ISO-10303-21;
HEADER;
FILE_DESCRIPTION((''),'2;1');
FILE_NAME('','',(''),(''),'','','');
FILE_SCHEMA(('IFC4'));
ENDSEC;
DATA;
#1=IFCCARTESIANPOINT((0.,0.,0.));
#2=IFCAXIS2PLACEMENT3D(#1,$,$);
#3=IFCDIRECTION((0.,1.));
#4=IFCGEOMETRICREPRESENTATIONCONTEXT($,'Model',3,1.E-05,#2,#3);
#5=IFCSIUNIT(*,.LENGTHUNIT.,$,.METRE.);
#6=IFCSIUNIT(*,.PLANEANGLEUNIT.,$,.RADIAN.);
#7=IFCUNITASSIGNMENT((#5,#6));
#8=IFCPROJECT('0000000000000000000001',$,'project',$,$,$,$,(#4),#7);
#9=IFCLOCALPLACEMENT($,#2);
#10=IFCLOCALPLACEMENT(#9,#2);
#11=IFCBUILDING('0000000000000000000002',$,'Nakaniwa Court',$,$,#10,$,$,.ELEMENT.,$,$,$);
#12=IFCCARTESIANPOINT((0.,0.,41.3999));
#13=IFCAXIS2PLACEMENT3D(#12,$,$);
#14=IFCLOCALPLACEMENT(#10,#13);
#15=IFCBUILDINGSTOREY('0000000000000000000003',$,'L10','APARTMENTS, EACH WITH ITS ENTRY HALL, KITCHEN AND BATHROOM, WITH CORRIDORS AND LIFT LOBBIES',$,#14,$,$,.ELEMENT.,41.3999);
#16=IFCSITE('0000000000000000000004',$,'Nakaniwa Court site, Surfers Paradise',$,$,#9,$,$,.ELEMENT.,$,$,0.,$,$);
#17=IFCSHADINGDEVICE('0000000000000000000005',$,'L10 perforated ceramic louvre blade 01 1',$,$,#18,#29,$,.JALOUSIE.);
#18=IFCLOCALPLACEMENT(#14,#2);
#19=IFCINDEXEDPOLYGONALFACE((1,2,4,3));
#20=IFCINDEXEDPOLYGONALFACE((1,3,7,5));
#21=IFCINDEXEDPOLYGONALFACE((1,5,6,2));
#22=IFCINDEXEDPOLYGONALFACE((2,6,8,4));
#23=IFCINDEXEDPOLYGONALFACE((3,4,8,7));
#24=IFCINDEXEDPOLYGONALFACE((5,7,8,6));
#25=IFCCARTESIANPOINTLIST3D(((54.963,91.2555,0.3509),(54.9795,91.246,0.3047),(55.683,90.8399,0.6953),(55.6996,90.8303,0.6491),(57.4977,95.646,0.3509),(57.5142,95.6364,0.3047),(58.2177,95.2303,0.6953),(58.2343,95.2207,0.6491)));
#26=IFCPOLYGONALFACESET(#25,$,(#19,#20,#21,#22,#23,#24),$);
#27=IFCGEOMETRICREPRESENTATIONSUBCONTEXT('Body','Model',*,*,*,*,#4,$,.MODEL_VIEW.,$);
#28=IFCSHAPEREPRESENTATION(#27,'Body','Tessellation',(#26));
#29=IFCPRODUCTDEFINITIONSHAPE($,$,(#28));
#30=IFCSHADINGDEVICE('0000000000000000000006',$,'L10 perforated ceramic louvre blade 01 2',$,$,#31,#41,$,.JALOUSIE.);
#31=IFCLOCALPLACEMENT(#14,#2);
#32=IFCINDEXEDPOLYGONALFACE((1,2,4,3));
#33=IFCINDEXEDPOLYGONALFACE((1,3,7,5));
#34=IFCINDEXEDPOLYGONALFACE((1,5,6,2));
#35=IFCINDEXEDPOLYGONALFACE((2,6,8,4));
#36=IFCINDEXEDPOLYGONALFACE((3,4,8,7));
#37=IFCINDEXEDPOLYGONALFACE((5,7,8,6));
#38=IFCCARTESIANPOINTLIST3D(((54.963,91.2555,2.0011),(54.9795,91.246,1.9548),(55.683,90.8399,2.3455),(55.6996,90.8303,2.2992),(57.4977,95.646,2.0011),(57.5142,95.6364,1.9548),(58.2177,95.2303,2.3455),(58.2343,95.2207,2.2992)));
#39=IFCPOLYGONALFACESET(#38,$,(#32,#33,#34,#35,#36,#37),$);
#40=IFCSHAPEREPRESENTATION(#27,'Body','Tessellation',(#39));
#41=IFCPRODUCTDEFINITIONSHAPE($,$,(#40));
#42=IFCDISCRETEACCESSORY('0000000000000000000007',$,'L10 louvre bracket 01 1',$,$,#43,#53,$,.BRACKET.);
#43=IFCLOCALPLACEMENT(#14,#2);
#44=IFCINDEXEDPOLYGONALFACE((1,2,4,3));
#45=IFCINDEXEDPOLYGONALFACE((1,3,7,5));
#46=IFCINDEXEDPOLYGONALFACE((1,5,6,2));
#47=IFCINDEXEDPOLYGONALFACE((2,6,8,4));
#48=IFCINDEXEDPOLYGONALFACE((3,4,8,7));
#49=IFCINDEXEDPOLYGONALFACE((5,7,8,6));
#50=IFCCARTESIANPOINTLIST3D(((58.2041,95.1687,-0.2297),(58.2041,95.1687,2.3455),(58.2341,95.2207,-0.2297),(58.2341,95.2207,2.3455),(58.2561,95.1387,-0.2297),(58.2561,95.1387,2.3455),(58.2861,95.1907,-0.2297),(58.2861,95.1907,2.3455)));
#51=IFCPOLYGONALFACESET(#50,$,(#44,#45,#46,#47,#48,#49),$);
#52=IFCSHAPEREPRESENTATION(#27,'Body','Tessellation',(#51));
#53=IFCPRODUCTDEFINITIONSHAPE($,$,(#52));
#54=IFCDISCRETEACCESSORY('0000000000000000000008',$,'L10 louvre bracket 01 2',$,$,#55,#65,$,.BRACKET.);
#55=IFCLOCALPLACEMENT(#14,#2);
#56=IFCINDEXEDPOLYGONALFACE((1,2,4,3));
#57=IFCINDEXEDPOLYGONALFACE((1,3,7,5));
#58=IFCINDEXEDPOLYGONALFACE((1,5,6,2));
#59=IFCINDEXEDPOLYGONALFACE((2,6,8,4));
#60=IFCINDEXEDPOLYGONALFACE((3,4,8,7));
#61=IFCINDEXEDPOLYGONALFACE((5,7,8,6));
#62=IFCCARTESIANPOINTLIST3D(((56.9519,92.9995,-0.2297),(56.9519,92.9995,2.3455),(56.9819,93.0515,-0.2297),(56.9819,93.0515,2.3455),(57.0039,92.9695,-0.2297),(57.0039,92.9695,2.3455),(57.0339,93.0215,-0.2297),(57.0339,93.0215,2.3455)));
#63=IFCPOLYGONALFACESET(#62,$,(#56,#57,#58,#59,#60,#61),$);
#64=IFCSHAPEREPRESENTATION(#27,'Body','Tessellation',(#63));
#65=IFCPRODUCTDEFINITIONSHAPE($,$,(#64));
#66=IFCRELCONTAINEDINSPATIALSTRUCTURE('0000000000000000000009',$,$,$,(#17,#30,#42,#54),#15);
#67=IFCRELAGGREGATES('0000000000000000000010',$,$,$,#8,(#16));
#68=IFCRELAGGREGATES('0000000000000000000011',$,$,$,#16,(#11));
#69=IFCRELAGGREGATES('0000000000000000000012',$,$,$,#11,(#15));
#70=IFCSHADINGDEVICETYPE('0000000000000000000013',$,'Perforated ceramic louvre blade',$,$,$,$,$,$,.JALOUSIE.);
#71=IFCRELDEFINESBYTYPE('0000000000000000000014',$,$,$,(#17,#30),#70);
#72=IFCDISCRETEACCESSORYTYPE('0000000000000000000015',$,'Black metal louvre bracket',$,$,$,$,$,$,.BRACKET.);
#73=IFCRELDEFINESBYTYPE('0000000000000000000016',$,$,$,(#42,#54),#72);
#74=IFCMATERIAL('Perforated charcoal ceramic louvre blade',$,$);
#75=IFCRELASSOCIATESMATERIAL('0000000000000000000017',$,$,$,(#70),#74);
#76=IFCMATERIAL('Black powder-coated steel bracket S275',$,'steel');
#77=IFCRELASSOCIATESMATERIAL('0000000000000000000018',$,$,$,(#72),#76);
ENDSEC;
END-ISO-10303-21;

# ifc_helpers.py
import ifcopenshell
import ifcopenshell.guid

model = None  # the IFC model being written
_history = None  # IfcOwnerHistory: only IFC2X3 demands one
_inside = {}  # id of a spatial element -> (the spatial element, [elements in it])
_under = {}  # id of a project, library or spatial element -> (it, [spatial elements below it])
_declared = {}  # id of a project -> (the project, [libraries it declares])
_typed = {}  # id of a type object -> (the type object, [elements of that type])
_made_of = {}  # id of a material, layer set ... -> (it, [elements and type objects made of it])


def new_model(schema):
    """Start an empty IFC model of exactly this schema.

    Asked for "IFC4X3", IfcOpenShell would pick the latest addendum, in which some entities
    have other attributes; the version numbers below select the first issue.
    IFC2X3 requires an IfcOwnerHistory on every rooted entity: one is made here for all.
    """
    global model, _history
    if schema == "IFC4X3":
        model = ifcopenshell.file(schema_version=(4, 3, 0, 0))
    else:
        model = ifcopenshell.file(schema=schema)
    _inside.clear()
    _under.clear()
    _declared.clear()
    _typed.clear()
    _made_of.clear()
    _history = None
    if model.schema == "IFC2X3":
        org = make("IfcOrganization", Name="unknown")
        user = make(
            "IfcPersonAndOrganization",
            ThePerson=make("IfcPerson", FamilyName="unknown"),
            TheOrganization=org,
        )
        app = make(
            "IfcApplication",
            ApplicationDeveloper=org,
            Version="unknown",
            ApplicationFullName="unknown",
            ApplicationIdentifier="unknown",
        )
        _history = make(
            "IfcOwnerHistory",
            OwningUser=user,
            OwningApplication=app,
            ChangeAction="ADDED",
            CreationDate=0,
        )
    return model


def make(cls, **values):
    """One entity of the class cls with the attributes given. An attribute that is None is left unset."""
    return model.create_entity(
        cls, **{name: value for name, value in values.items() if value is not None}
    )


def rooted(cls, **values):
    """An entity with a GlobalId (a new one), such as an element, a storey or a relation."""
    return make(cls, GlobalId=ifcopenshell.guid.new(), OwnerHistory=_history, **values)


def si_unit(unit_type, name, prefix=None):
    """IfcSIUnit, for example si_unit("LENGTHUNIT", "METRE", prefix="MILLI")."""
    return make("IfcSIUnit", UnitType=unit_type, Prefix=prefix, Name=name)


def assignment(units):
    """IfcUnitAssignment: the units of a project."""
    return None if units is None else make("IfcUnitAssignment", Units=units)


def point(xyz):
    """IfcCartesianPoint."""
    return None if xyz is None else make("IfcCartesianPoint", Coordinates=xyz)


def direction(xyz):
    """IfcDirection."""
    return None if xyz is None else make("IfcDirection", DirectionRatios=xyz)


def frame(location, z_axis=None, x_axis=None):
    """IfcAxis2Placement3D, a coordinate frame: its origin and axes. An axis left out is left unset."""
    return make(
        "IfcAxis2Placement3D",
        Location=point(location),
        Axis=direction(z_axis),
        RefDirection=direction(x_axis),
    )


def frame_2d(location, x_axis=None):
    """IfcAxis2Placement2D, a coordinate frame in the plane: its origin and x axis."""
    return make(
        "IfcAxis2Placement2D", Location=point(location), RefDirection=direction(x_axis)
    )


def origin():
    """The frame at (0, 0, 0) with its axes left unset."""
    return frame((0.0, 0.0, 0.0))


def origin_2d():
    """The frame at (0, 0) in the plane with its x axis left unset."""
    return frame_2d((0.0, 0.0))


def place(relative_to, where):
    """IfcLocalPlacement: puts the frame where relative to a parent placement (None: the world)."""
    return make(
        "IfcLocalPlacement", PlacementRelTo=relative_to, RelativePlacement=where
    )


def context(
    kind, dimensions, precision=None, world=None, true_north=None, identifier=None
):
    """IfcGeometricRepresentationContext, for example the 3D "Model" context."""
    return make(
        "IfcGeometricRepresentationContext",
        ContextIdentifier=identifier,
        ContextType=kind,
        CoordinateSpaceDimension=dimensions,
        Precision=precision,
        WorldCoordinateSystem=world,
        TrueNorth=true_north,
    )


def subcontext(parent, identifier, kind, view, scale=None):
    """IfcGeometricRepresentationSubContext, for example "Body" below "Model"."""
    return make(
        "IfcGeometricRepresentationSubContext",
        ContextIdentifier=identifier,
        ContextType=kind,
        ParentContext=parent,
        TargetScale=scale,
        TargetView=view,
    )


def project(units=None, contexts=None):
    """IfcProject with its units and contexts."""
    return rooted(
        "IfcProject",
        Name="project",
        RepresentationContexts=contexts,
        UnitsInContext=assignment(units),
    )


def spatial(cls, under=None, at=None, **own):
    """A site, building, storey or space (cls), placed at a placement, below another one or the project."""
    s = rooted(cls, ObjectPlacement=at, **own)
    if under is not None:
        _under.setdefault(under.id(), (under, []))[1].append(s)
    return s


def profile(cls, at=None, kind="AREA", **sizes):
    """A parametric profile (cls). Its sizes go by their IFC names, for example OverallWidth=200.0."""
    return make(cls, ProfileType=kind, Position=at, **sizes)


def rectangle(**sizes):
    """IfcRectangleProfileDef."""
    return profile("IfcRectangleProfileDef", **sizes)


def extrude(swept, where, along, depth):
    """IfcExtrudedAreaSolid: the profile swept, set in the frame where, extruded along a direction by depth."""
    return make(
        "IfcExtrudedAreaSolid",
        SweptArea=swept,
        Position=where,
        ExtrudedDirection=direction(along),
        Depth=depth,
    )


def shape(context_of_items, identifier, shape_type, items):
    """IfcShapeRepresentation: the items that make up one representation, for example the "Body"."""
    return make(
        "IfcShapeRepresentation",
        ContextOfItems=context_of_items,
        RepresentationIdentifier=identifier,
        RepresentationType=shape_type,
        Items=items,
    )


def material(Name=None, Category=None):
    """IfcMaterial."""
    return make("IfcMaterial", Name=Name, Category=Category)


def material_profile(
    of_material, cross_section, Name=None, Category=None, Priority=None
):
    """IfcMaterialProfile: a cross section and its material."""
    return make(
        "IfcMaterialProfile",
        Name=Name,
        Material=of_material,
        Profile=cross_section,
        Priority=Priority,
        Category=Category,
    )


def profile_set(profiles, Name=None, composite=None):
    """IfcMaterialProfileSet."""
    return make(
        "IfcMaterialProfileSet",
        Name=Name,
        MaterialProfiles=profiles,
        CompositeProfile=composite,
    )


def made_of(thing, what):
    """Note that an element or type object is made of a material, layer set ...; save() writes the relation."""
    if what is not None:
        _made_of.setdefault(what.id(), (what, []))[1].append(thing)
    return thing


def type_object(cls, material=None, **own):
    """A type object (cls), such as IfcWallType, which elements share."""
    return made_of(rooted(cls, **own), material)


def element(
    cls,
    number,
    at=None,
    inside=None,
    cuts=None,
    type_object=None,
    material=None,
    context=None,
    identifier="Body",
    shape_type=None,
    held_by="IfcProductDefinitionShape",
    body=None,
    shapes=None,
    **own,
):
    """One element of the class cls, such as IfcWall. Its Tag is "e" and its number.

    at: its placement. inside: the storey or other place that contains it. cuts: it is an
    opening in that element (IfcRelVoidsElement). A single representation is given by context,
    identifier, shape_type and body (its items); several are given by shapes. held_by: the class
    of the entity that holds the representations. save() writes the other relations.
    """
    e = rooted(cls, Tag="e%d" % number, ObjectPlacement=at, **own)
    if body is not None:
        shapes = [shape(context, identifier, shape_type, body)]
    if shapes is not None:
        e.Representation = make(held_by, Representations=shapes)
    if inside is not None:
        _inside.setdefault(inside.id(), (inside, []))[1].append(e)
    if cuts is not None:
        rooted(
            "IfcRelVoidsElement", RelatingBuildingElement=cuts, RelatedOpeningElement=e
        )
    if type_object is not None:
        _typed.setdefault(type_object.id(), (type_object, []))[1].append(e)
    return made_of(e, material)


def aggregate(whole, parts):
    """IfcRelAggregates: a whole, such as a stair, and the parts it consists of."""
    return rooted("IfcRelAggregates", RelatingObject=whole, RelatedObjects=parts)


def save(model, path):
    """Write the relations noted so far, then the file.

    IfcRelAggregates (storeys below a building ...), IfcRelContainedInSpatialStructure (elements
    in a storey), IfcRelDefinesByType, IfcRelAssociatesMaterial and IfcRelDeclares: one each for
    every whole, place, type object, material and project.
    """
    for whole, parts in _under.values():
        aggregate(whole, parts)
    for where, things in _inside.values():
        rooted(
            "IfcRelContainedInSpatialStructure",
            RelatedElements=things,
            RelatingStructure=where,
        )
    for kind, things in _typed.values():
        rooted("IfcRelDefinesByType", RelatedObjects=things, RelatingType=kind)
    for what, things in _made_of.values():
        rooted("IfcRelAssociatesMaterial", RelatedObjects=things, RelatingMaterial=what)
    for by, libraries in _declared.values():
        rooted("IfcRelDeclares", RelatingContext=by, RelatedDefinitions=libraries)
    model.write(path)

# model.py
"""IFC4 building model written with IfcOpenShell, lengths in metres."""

from ifc_helpers import new_model, si_unit, direction, frame, origin, origin_2d, place, context, subcontext, project, spatial, rectangle, extrude, material, material_profile, profile_set, type_object, element, save


model = new_model("IFC4")

# Units and contexts
model_context = context("Model", 3, precision=1e-05, world=origin(), true_north=direction((0.0, 1.0)))
body_context = subcontext(model_context, "Body", "Model", "MODEL_VIEW")
ifc_project = project(units=[si_unit("LENGTHUNIT", "METRE"), si_unit("PLANEANGLEUNIT", "RADIAN")], contexts=[model_context])

# Site, building, storey
site_placement = place(None, origin())
site = spatial("IfcSite", under=ifc_project, at=site_placement, Name="Nakaniwa Court site, Surfers Paradise", CompositionType="ELEMENT", RefElevation=0.0)
building_placement = place(site_placement, origin())
building = spatial("IfcBuilding", under=site, at=building_placement, Name="Nakaniwa Court", CompositionType="ELEMENT")
storey_placement = place(building_placement, frame((0.0, 0.0, 41.3999)))
storey = spatial("IfcBuildingStorey", under=building, at=storey_placement, Name="L10", Description="APARTMENTS, EACH WITH ITS ENTRY HALL, KITCHEN AND BATHROOM, WITH CORRIDORS AND LIFT LOBBIES", CompositionType="ELEMENT", Elevation=41.3999)

# Shading devices
ifc_material_1 = material(Name="Perforated charcoal ceramic louvre blade")
ifc_material_profile_1 = material_profile(ifc_material_1, rectangle(XDim=0.8999, YDim=0.05, at=origin_2d()), Name="Perforated ceramic louvre blade")
ifc_profile_set_1 = profile_set([ifc_material_profile_1], Name="Perforated charcoal ceramic louvre blade")
shading_device_type_1 = type_object("IfcShadingDeviceType", Name="Perforated ceramic louvre blade", PredefinedType="JALOUSIE", material=ifc_profile_set_1)
for number, where, z_axis, x_axis, name in (
    (1, (57.866, 95.4333, 0.5), (-0.499982, -0.866036, 0.0), (0.800113, -0.461923, 0.382683), "L10 perforated ceramic louvre blade 01 1"),
    (2, (57.866, 95.4333, 2.1501), (-0.499982, -0.866036, 0.0), (0.800113, -0.461923, 0.382683), "L10 perforated ceramic louvre blade 01 2"),
):
    element("IfcShadingDevice", number, at=place(storey_placement, frame(where, z_axis=z_axis, x_axis=x_axis)), inside=storey, type_object=shading_device_type_1, Name=name, PredefinedType="JALOUSIE", context=body_context, shape_type="SweptSolid", body=[
        extrude(rectangle(XDim=0.8999, YDim=0.05, at=origin_2d()), origin(), (0.0, 0.0, 1.0), 5.0696),
    ])

# Discrete accessories
ifc_material_2 = material(Name="Black powder-coated steel bracket S275", Category="steel")
discrete_accessory_type = type_object("IfcDiscreteAccessoryType", Name="Black metal louvre bracket", PredefinedType="BRACKET", material=ifc_material_2)
for number, where, z_axis, x_axis, name in (
    (3, (58.2451, 95.1797, -0.2297), (0.0, 0.0, 1.0), (-0.499974, -0.86604, 0.0), "L10 louvre bracket 01 1"),
    (4, (56.9929, 93.0105, -0.2297), (0.0, 0.0, 1.0), (-0.499974, -0.86604, 0.0), "L10 louvre bracket 01 2"),
):
    element("IfcDiscreteAccessory", number, at=place(storey_placement, frame(where, z_axis=z_axis, x_axis=x_axis)), inside=storey, type_object=discrete_accessory_type, Name=name, PredefinedType="BRACKET", context=body_context, shape_type="SweptSolid", body=[
        extrude(rectangle(XDim=0.0601, YDim=0.0601, at=origin_2d()), origin(), (0.0, 0.0, 1.0), 2.5752),
    ])

save(model, "model.ifc")
